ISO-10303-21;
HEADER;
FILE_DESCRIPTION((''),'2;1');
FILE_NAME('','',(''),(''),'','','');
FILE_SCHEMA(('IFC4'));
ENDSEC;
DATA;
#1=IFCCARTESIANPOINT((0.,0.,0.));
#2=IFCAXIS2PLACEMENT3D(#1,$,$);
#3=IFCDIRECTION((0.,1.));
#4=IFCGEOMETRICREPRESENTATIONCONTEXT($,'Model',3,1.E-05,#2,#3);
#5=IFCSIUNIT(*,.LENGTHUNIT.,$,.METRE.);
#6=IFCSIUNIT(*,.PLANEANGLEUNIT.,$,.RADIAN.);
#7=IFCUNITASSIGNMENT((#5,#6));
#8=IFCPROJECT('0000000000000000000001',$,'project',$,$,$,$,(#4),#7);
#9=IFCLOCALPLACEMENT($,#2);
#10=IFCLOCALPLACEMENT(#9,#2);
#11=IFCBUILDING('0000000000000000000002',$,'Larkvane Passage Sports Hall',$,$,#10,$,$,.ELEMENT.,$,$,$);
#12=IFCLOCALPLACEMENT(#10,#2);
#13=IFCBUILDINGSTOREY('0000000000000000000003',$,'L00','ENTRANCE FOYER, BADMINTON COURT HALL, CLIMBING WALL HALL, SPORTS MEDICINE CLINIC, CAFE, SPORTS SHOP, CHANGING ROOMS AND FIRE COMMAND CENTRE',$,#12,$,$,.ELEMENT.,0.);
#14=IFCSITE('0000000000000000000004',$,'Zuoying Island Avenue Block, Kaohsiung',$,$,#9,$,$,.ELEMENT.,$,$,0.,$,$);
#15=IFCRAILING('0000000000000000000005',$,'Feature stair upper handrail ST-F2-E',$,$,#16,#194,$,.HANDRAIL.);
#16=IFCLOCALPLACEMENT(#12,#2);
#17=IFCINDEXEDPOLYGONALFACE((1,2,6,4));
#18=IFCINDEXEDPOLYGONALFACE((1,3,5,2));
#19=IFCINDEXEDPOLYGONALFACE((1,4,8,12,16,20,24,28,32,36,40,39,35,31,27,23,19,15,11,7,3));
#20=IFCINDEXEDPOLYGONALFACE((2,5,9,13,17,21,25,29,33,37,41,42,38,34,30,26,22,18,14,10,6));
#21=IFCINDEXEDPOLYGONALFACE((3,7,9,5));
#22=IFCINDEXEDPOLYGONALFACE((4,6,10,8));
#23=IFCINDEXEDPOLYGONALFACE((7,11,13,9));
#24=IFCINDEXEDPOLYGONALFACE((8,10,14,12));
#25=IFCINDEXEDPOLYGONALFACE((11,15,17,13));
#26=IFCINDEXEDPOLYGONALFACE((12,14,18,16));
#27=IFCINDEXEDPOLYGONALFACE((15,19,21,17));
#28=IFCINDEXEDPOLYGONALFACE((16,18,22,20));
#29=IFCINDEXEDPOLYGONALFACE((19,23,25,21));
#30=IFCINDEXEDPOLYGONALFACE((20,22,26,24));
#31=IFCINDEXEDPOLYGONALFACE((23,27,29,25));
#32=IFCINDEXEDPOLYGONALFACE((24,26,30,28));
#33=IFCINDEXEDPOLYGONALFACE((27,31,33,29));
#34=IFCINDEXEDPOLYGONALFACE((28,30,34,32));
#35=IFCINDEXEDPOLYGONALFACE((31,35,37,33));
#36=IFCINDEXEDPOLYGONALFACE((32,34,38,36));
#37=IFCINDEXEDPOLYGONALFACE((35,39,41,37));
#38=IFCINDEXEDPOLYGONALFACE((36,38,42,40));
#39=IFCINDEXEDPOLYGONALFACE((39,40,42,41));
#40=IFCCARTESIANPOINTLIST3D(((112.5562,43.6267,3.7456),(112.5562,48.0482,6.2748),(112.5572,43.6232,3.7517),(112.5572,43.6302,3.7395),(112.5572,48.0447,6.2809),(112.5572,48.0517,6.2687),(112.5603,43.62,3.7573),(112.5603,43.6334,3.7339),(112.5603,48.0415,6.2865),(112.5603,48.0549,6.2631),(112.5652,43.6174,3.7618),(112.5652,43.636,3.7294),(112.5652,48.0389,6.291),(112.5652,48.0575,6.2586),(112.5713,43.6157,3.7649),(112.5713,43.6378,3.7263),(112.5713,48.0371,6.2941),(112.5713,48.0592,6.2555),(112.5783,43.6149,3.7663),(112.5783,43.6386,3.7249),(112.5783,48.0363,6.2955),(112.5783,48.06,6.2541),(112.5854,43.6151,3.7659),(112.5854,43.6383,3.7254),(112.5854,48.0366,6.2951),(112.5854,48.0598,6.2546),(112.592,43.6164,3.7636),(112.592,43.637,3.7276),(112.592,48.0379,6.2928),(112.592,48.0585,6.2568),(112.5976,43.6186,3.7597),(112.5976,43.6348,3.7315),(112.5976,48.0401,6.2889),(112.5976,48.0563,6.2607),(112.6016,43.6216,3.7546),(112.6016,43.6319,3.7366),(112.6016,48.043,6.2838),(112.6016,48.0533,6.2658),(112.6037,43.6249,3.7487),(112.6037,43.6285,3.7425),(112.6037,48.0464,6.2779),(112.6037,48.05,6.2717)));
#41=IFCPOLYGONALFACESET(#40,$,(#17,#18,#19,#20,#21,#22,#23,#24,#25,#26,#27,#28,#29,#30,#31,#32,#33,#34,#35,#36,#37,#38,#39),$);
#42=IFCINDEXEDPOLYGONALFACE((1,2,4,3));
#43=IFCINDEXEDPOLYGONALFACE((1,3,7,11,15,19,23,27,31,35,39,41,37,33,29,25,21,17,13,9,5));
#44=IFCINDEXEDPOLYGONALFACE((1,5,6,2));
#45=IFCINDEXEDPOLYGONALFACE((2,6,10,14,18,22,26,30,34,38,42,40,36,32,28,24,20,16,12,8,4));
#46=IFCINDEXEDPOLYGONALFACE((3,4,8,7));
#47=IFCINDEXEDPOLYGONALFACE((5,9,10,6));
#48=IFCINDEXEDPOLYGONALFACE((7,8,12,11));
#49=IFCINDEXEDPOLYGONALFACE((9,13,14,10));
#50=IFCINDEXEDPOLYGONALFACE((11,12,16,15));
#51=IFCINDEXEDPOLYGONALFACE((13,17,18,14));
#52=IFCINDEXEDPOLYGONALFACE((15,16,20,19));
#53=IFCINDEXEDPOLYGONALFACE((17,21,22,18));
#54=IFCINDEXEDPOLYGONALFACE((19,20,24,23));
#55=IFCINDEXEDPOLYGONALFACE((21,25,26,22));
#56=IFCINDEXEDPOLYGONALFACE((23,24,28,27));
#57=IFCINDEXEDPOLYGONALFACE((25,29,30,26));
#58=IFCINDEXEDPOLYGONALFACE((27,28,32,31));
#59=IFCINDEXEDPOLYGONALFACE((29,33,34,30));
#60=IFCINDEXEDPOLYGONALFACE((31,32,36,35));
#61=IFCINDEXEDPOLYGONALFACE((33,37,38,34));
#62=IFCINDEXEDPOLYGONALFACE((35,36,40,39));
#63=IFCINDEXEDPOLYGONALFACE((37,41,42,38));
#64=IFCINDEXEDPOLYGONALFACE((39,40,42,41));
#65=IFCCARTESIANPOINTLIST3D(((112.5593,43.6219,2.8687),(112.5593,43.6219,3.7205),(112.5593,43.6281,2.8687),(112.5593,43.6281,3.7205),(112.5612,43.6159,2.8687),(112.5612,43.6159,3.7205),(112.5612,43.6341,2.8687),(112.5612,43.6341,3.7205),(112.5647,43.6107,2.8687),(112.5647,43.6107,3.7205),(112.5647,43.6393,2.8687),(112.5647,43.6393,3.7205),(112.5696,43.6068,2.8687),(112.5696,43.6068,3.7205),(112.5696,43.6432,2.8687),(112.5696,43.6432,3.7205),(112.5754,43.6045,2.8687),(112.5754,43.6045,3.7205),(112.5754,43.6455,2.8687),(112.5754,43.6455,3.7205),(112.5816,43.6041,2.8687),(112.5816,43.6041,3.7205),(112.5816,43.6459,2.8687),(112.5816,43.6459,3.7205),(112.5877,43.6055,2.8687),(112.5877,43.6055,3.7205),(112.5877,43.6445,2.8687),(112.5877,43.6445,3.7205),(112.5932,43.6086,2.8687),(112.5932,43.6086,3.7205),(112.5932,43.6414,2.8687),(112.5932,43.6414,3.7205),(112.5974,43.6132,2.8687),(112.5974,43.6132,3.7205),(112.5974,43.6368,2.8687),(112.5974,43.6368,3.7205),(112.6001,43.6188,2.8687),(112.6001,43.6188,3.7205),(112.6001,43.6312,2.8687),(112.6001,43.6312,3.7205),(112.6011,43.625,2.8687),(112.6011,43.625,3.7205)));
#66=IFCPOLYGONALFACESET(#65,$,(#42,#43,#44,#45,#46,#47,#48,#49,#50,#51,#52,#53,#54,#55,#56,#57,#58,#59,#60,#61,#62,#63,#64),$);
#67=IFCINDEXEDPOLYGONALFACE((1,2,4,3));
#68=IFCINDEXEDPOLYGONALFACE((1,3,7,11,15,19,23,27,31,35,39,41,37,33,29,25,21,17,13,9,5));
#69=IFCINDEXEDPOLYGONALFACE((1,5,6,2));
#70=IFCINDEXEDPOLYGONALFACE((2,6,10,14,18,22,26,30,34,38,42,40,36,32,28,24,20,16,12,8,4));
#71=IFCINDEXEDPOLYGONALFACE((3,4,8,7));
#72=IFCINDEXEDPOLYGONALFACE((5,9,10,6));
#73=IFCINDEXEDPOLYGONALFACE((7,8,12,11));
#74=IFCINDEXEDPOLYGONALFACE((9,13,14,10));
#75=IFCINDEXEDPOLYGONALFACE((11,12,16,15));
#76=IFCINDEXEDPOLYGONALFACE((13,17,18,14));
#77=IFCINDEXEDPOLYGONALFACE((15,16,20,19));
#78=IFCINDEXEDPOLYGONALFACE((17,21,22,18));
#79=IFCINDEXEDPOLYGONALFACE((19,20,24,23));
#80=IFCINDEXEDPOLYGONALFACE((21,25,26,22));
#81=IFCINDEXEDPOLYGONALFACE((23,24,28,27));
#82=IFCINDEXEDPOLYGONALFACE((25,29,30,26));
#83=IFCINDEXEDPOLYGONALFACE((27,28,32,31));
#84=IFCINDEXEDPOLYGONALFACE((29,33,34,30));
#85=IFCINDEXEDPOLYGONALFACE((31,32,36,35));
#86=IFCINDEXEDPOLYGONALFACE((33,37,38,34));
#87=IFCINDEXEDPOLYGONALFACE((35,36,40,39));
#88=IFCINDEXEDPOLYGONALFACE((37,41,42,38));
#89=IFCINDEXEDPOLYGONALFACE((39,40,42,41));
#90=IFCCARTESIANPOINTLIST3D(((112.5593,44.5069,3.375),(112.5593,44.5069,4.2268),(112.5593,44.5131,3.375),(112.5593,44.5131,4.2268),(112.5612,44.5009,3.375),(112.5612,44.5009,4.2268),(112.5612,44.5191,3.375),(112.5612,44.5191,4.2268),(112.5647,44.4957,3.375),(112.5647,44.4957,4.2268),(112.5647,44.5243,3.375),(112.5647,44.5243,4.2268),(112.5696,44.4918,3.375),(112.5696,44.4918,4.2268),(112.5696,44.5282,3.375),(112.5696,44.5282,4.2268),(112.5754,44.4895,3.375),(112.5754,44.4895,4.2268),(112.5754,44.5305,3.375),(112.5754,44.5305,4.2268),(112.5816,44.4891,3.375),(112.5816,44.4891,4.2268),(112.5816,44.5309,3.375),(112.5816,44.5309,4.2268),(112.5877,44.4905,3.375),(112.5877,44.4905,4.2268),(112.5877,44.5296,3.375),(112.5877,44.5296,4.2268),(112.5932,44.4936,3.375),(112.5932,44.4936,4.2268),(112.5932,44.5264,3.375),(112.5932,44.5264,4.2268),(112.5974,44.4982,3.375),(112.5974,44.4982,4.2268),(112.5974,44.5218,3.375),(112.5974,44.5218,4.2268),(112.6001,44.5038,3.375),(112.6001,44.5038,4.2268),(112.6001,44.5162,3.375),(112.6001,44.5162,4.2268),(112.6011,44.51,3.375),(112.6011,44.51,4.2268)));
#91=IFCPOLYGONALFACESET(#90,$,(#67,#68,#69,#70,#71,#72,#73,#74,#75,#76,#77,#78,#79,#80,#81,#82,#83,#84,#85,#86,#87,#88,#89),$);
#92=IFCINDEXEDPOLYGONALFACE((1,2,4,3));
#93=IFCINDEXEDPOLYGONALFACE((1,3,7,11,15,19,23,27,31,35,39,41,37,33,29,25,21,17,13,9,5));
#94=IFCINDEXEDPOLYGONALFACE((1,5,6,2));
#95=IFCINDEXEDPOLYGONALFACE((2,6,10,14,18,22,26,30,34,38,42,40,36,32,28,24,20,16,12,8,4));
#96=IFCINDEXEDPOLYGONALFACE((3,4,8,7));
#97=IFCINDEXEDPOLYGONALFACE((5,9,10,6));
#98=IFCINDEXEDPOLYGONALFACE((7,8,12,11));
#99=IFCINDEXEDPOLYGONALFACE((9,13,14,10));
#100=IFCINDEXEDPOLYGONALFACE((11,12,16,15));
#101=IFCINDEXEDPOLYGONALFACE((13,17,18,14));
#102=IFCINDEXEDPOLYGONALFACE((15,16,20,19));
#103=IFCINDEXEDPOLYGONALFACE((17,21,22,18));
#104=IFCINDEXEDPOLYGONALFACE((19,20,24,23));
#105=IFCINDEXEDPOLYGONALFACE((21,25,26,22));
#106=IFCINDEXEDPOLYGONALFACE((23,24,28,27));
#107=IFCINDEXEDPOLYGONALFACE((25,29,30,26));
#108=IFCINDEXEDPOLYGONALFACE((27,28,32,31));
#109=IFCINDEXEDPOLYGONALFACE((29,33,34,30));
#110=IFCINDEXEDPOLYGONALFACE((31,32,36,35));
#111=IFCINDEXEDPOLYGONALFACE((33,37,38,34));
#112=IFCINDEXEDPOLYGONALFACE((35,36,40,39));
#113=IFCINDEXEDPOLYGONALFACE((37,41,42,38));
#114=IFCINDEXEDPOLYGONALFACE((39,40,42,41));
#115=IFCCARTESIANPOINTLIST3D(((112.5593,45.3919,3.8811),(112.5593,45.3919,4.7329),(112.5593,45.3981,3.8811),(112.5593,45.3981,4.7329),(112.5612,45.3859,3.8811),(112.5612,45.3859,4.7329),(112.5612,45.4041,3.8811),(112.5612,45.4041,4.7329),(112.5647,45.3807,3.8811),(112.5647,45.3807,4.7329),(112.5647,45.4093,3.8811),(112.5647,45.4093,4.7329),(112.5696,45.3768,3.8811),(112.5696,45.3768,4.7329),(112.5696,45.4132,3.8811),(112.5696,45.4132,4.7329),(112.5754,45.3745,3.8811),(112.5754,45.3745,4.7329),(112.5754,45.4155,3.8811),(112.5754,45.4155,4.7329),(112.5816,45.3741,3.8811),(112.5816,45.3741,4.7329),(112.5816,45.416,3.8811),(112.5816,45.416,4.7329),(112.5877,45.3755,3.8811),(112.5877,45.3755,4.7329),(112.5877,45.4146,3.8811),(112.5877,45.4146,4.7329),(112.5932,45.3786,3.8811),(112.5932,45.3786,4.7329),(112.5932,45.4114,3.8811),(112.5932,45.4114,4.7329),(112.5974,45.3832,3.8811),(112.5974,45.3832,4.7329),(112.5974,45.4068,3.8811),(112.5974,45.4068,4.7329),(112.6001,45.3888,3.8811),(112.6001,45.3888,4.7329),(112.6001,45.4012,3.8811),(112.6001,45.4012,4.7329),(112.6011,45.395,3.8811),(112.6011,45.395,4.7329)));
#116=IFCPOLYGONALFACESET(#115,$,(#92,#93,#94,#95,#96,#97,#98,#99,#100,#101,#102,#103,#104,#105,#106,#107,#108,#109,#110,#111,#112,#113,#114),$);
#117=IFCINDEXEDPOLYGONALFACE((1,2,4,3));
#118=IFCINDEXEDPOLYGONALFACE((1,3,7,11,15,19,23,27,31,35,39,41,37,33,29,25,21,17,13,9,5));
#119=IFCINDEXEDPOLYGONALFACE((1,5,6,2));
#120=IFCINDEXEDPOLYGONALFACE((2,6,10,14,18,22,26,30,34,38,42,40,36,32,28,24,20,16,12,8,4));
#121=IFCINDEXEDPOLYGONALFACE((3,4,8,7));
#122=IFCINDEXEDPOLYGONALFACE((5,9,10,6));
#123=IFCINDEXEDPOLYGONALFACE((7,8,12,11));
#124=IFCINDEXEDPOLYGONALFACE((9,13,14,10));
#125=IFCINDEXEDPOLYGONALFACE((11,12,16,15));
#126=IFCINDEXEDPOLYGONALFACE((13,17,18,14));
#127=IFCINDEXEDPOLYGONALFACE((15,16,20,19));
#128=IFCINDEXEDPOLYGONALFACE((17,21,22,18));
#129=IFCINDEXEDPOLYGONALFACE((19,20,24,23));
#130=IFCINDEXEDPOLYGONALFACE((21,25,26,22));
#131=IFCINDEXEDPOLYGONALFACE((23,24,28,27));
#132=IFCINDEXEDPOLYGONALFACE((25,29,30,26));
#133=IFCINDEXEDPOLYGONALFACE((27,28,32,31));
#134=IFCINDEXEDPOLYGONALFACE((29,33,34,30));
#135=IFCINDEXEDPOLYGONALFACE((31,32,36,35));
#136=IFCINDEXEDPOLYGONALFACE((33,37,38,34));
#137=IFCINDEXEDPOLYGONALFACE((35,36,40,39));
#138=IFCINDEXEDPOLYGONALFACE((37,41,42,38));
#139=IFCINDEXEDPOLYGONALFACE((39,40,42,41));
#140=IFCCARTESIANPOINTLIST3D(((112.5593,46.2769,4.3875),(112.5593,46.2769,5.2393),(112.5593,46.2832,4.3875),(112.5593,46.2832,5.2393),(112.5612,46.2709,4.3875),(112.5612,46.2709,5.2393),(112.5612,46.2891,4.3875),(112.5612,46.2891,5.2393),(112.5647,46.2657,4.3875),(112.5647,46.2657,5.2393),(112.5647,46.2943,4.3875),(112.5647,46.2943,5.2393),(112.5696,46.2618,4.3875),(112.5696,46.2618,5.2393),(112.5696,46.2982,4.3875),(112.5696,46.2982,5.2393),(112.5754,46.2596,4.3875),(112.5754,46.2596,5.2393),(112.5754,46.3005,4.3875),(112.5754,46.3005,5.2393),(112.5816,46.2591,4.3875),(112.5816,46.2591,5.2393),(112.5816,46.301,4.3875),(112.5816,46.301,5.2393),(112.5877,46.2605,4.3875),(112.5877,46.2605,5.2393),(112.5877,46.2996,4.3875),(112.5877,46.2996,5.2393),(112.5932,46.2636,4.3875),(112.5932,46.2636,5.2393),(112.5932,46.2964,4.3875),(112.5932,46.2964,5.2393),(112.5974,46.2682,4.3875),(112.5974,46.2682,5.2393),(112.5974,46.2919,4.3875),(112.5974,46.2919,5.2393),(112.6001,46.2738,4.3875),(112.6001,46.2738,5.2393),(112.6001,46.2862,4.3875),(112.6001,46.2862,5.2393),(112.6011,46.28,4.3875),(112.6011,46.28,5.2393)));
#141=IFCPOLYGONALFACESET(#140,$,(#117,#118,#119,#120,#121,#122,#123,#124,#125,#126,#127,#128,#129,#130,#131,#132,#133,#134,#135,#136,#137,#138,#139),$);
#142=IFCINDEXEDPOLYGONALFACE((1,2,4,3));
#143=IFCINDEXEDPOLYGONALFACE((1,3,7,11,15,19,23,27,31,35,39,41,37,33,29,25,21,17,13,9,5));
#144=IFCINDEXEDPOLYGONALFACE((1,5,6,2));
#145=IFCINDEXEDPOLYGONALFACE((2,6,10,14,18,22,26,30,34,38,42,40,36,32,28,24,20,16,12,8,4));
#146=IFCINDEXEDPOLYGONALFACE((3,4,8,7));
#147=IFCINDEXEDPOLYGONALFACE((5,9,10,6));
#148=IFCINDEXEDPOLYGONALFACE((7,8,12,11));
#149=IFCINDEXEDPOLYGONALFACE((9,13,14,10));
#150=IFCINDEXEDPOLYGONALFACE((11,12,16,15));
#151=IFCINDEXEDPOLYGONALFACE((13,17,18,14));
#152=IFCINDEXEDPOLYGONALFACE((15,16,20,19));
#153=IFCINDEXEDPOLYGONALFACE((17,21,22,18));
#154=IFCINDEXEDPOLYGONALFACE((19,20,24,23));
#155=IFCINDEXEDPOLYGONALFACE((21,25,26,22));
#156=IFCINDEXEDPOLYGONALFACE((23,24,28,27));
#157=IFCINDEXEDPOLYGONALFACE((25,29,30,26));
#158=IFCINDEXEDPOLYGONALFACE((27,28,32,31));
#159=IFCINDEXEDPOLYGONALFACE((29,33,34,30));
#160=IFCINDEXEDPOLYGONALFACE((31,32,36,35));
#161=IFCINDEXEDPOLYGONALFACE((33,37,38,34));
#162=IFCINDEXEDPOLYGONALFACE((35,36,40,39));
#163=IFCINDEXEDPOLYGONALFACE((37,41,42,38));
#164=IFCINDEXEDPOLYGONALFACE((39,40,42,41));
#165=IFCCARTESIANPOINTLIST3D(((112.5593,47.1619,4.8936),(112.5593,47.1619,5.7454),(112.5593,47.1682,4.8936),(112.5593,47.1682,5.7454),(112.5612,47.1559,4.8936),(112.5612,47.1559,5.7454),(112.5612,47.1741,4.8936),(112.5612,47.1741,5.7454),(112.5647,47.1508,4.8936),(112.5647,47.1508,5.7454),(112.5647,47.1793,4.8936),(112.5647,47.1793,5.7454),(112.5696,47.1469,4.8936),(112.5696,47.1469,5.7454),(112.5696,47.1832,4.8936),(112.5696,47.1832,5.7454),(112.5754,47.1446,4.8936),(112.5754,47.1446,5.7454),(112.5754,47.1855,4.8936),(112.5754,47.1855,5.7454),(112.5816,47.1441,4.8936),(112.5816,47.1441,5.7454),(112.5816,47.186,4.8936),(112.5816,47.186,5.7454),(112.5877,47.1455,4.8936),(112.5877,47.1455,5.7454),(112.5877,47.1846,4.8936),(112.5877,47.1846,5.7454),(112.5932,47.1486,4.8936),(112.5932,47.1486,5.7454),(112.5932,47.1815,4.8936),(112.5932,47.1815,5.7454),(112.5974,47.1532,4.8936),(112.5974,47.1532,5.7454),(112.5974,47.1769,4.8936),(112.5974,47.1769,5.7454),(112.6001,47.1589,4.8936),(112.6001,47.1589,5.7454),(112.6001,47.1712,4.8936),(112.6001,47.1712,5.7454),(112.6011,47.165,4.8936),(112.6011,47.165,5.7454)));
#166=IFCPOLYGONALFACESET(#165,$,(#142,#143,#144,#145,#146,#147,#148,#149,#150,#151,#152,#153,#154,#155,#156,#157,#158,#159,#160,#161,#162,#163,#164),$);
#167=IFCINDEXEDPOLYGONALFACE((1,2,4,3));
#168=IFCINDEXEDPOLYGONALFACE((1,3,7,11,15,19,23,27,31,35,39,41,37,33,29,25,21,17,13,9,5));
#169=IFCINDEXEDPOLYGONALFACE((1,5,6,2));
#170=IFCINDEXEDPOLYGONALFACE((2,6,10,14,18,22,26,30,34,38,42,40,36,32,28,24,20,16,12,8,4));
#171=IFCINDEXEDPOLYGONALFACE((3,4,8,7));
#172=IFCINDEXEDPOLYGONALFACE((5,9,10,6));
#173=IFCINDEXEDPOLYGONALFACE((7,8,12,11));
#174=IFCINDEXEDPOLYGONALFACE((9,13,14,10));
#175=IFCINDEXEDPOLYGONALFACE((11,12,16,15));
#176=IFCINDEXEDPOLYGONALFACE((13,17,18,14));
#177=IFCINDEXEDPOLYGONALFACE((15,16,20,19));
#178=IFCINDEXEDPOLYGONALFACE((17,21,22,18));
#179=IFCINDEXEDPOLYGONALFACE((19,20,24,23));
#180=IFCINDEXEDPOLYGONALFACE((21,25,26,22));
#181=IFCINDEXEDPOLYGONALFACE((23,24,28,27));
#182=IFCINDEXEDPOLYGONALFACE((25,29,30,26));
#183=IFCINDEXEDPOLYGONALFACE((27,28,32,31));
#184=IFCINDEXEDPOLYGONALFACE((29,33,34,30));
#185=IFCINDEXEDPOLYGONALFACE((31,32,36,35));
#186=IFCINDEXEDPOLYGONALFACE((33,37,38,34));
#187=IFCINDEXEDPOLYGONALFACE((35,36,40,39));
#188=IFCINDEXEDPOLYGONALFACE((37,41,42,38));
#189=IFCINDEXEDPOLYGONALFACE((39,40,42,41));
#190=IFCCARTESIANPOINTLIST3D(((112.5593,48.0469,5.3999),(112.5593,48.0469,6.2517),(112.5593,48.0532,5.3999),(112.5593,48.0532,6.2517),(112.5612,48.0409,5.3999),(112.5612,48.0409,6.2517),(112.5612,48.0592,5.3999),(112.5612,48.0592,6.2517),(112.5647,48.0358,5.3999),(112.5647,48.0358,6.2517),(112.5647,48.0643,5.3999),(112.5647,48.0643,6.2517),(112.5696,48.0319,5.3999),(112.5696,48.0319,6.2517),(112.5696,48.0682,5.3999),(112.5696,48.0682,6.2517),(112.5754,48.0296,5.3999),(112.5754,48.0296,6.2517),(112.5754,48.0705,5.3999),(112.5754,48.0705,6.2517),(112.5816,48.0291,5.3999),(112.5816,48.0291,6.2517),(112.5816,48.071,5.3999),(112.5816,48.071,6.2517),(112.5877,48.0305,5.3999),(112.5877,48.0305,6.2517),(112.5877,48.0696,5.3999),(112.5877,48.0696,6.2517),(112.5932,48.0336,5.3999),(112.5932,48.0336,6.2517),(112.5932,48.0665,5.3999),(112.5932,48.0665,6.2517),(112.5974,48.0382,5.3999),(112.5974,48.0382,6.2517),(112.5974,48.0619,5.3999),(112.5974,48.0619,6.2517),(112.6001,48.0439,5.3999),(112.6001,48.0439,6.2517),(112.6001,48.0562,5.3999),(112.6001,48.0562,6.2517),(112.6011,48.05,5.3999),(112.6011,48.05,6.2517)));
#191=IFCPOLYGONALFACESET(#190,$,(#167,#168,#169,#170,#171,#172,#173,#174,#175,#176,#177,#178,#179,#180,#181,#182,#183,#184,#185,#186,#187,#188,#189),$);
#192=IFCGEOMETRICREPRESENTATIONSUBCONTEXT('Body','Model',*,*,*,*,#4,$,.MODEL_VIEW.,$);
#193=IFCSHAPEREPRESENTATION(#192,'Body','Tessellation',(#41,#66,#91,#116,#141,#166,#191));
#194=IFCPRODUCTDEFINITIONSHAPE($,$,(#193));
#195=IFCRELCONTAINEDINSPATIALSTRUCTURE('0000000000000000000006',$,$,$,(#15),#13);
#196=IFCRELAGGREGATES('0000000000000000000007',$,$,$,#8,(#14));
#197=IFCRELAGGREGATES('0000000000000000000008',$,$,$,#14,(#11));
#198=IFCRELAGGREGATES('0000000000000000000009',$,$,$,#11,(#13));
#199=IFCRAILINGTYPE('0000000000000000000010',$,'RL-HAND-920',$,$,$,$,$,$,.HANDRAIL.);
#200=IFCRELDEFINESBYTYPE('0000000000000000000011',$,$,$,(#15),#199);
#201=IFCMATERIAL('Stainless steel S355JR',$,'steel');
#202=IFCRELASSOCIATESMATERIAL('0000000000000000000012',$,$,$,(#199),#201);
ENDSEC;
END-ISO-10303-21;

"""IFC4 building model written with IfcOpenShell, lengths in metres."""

from ifc_helpers import new_model, si_unit, direction, frame, origin, origin_2d, place, context, subcontext, project, spatial, circle, extrude, material, type_object, element, save


model = new_model("IFC4")

# Units and contexts
model_context = context("Model", 3, precision=1e-05, world=origin(), true_north=direction((0.0, 1.0)))
body_context = subcontext(model_context, "Body", "Model", "MODEL_VIEW")
ifc_project = project(units=[si_unit("LENGTHUNIT", "METRE"), si_unit("PLANEANGLEUNIT", "RADIAN")], contexts=[model_context])

# Site, building, storey
site_placement = place(None, origin())
site = spatial("IfcSite", under=ifc_project, at=site_placement, Name="Zuoying Island Avenue Block, Kaohsiung", CompositionType="ELEMENT", RefElevation=0.0)
building_placement = place(site_placement, origin())
building = spatial("IfcBuilding", under=site, at=building_placement, Name="Larkvane Passage Sports Hall", CompositionType="ELEMENT")
storey_placement = place(building_placement, origin())
storey = spatial("IfcBuildingStorey", under=building, at=storey_placement, Name="L00", Description="ENTRANCE FOYER, BADMINTON COURT HALL, CLIMBING WALL HALL, SPORTS MEDICINE CLINIC, CAFE, SPORTS SHOP, CHANGING ROOMS AND FIRE COMMAND CENTRE", CompositionType="ELEMENT", Elevation=0.0)

# Railing
ifc_material_1 = material(Name="Stainless steel S355JR", Category="steel")
railing_type_1 = type_object("IfcRailingType", Name="RL-HAND-920", PredefinedType="HANDRAIL", material=ifc_material_1)
for number, where, name in (
    (1, (112.5801, 43.625, 2.8687), "Feature stair upper handrail ST-F2-E"),
):
    element("IfcRailing", number, at=place(storey_placement, frame(where)), inside=storey, type_object=railing_type_1, Name=name, PredefinedType="HANDRAIL", context=body_context, shape_type="SweptSolid", body=[
        extrude(circle(Radius=0.0239, at=origin_2d()), frame((0.0, 0.0017, 0.877), z_axis=(0.0, 0.868019, 0.496531), x_axis=(-1.0, 0.0, 0.0)), (0.0, 0.0, 1.0), 5.0938),
        extrude(circle(Radius=0.021, at=origin_2d()), origin(), (0.0, 0.0, 1.0), 0.8518),
        extrude(circle(Radius=0.021, at=origin_2d()), frame((0.0, 0.885, 0.5063)), (0.0, 0.0, 1.0), 0.8518),
        extrude(circle(Radius=0.021, at=origin_2d()), frame((0.0, 1.77, 1.0125)), (0.0, 0.0, 1.0), 0.8518),
        extrude(circle(Radius=0.021, at=origin_2d()), frame((0.0, 2.655, 1.5188)), (0.0, 0.0, 1.0), 0.8518),
        extrude(circle(Radius=0.021, at=origin_2d()), frame((0.0, 3.54, 2.0249)), (0.0, 0.0, 1.0), 0.8518),
        extrude(circle(Radius=0.021, at=origin_2d()), frame((0.0, 4.425, 2.5312)), (0.0, 0.0, 1.0), 0.8518),
    ])

save(model, "model.ifc")
